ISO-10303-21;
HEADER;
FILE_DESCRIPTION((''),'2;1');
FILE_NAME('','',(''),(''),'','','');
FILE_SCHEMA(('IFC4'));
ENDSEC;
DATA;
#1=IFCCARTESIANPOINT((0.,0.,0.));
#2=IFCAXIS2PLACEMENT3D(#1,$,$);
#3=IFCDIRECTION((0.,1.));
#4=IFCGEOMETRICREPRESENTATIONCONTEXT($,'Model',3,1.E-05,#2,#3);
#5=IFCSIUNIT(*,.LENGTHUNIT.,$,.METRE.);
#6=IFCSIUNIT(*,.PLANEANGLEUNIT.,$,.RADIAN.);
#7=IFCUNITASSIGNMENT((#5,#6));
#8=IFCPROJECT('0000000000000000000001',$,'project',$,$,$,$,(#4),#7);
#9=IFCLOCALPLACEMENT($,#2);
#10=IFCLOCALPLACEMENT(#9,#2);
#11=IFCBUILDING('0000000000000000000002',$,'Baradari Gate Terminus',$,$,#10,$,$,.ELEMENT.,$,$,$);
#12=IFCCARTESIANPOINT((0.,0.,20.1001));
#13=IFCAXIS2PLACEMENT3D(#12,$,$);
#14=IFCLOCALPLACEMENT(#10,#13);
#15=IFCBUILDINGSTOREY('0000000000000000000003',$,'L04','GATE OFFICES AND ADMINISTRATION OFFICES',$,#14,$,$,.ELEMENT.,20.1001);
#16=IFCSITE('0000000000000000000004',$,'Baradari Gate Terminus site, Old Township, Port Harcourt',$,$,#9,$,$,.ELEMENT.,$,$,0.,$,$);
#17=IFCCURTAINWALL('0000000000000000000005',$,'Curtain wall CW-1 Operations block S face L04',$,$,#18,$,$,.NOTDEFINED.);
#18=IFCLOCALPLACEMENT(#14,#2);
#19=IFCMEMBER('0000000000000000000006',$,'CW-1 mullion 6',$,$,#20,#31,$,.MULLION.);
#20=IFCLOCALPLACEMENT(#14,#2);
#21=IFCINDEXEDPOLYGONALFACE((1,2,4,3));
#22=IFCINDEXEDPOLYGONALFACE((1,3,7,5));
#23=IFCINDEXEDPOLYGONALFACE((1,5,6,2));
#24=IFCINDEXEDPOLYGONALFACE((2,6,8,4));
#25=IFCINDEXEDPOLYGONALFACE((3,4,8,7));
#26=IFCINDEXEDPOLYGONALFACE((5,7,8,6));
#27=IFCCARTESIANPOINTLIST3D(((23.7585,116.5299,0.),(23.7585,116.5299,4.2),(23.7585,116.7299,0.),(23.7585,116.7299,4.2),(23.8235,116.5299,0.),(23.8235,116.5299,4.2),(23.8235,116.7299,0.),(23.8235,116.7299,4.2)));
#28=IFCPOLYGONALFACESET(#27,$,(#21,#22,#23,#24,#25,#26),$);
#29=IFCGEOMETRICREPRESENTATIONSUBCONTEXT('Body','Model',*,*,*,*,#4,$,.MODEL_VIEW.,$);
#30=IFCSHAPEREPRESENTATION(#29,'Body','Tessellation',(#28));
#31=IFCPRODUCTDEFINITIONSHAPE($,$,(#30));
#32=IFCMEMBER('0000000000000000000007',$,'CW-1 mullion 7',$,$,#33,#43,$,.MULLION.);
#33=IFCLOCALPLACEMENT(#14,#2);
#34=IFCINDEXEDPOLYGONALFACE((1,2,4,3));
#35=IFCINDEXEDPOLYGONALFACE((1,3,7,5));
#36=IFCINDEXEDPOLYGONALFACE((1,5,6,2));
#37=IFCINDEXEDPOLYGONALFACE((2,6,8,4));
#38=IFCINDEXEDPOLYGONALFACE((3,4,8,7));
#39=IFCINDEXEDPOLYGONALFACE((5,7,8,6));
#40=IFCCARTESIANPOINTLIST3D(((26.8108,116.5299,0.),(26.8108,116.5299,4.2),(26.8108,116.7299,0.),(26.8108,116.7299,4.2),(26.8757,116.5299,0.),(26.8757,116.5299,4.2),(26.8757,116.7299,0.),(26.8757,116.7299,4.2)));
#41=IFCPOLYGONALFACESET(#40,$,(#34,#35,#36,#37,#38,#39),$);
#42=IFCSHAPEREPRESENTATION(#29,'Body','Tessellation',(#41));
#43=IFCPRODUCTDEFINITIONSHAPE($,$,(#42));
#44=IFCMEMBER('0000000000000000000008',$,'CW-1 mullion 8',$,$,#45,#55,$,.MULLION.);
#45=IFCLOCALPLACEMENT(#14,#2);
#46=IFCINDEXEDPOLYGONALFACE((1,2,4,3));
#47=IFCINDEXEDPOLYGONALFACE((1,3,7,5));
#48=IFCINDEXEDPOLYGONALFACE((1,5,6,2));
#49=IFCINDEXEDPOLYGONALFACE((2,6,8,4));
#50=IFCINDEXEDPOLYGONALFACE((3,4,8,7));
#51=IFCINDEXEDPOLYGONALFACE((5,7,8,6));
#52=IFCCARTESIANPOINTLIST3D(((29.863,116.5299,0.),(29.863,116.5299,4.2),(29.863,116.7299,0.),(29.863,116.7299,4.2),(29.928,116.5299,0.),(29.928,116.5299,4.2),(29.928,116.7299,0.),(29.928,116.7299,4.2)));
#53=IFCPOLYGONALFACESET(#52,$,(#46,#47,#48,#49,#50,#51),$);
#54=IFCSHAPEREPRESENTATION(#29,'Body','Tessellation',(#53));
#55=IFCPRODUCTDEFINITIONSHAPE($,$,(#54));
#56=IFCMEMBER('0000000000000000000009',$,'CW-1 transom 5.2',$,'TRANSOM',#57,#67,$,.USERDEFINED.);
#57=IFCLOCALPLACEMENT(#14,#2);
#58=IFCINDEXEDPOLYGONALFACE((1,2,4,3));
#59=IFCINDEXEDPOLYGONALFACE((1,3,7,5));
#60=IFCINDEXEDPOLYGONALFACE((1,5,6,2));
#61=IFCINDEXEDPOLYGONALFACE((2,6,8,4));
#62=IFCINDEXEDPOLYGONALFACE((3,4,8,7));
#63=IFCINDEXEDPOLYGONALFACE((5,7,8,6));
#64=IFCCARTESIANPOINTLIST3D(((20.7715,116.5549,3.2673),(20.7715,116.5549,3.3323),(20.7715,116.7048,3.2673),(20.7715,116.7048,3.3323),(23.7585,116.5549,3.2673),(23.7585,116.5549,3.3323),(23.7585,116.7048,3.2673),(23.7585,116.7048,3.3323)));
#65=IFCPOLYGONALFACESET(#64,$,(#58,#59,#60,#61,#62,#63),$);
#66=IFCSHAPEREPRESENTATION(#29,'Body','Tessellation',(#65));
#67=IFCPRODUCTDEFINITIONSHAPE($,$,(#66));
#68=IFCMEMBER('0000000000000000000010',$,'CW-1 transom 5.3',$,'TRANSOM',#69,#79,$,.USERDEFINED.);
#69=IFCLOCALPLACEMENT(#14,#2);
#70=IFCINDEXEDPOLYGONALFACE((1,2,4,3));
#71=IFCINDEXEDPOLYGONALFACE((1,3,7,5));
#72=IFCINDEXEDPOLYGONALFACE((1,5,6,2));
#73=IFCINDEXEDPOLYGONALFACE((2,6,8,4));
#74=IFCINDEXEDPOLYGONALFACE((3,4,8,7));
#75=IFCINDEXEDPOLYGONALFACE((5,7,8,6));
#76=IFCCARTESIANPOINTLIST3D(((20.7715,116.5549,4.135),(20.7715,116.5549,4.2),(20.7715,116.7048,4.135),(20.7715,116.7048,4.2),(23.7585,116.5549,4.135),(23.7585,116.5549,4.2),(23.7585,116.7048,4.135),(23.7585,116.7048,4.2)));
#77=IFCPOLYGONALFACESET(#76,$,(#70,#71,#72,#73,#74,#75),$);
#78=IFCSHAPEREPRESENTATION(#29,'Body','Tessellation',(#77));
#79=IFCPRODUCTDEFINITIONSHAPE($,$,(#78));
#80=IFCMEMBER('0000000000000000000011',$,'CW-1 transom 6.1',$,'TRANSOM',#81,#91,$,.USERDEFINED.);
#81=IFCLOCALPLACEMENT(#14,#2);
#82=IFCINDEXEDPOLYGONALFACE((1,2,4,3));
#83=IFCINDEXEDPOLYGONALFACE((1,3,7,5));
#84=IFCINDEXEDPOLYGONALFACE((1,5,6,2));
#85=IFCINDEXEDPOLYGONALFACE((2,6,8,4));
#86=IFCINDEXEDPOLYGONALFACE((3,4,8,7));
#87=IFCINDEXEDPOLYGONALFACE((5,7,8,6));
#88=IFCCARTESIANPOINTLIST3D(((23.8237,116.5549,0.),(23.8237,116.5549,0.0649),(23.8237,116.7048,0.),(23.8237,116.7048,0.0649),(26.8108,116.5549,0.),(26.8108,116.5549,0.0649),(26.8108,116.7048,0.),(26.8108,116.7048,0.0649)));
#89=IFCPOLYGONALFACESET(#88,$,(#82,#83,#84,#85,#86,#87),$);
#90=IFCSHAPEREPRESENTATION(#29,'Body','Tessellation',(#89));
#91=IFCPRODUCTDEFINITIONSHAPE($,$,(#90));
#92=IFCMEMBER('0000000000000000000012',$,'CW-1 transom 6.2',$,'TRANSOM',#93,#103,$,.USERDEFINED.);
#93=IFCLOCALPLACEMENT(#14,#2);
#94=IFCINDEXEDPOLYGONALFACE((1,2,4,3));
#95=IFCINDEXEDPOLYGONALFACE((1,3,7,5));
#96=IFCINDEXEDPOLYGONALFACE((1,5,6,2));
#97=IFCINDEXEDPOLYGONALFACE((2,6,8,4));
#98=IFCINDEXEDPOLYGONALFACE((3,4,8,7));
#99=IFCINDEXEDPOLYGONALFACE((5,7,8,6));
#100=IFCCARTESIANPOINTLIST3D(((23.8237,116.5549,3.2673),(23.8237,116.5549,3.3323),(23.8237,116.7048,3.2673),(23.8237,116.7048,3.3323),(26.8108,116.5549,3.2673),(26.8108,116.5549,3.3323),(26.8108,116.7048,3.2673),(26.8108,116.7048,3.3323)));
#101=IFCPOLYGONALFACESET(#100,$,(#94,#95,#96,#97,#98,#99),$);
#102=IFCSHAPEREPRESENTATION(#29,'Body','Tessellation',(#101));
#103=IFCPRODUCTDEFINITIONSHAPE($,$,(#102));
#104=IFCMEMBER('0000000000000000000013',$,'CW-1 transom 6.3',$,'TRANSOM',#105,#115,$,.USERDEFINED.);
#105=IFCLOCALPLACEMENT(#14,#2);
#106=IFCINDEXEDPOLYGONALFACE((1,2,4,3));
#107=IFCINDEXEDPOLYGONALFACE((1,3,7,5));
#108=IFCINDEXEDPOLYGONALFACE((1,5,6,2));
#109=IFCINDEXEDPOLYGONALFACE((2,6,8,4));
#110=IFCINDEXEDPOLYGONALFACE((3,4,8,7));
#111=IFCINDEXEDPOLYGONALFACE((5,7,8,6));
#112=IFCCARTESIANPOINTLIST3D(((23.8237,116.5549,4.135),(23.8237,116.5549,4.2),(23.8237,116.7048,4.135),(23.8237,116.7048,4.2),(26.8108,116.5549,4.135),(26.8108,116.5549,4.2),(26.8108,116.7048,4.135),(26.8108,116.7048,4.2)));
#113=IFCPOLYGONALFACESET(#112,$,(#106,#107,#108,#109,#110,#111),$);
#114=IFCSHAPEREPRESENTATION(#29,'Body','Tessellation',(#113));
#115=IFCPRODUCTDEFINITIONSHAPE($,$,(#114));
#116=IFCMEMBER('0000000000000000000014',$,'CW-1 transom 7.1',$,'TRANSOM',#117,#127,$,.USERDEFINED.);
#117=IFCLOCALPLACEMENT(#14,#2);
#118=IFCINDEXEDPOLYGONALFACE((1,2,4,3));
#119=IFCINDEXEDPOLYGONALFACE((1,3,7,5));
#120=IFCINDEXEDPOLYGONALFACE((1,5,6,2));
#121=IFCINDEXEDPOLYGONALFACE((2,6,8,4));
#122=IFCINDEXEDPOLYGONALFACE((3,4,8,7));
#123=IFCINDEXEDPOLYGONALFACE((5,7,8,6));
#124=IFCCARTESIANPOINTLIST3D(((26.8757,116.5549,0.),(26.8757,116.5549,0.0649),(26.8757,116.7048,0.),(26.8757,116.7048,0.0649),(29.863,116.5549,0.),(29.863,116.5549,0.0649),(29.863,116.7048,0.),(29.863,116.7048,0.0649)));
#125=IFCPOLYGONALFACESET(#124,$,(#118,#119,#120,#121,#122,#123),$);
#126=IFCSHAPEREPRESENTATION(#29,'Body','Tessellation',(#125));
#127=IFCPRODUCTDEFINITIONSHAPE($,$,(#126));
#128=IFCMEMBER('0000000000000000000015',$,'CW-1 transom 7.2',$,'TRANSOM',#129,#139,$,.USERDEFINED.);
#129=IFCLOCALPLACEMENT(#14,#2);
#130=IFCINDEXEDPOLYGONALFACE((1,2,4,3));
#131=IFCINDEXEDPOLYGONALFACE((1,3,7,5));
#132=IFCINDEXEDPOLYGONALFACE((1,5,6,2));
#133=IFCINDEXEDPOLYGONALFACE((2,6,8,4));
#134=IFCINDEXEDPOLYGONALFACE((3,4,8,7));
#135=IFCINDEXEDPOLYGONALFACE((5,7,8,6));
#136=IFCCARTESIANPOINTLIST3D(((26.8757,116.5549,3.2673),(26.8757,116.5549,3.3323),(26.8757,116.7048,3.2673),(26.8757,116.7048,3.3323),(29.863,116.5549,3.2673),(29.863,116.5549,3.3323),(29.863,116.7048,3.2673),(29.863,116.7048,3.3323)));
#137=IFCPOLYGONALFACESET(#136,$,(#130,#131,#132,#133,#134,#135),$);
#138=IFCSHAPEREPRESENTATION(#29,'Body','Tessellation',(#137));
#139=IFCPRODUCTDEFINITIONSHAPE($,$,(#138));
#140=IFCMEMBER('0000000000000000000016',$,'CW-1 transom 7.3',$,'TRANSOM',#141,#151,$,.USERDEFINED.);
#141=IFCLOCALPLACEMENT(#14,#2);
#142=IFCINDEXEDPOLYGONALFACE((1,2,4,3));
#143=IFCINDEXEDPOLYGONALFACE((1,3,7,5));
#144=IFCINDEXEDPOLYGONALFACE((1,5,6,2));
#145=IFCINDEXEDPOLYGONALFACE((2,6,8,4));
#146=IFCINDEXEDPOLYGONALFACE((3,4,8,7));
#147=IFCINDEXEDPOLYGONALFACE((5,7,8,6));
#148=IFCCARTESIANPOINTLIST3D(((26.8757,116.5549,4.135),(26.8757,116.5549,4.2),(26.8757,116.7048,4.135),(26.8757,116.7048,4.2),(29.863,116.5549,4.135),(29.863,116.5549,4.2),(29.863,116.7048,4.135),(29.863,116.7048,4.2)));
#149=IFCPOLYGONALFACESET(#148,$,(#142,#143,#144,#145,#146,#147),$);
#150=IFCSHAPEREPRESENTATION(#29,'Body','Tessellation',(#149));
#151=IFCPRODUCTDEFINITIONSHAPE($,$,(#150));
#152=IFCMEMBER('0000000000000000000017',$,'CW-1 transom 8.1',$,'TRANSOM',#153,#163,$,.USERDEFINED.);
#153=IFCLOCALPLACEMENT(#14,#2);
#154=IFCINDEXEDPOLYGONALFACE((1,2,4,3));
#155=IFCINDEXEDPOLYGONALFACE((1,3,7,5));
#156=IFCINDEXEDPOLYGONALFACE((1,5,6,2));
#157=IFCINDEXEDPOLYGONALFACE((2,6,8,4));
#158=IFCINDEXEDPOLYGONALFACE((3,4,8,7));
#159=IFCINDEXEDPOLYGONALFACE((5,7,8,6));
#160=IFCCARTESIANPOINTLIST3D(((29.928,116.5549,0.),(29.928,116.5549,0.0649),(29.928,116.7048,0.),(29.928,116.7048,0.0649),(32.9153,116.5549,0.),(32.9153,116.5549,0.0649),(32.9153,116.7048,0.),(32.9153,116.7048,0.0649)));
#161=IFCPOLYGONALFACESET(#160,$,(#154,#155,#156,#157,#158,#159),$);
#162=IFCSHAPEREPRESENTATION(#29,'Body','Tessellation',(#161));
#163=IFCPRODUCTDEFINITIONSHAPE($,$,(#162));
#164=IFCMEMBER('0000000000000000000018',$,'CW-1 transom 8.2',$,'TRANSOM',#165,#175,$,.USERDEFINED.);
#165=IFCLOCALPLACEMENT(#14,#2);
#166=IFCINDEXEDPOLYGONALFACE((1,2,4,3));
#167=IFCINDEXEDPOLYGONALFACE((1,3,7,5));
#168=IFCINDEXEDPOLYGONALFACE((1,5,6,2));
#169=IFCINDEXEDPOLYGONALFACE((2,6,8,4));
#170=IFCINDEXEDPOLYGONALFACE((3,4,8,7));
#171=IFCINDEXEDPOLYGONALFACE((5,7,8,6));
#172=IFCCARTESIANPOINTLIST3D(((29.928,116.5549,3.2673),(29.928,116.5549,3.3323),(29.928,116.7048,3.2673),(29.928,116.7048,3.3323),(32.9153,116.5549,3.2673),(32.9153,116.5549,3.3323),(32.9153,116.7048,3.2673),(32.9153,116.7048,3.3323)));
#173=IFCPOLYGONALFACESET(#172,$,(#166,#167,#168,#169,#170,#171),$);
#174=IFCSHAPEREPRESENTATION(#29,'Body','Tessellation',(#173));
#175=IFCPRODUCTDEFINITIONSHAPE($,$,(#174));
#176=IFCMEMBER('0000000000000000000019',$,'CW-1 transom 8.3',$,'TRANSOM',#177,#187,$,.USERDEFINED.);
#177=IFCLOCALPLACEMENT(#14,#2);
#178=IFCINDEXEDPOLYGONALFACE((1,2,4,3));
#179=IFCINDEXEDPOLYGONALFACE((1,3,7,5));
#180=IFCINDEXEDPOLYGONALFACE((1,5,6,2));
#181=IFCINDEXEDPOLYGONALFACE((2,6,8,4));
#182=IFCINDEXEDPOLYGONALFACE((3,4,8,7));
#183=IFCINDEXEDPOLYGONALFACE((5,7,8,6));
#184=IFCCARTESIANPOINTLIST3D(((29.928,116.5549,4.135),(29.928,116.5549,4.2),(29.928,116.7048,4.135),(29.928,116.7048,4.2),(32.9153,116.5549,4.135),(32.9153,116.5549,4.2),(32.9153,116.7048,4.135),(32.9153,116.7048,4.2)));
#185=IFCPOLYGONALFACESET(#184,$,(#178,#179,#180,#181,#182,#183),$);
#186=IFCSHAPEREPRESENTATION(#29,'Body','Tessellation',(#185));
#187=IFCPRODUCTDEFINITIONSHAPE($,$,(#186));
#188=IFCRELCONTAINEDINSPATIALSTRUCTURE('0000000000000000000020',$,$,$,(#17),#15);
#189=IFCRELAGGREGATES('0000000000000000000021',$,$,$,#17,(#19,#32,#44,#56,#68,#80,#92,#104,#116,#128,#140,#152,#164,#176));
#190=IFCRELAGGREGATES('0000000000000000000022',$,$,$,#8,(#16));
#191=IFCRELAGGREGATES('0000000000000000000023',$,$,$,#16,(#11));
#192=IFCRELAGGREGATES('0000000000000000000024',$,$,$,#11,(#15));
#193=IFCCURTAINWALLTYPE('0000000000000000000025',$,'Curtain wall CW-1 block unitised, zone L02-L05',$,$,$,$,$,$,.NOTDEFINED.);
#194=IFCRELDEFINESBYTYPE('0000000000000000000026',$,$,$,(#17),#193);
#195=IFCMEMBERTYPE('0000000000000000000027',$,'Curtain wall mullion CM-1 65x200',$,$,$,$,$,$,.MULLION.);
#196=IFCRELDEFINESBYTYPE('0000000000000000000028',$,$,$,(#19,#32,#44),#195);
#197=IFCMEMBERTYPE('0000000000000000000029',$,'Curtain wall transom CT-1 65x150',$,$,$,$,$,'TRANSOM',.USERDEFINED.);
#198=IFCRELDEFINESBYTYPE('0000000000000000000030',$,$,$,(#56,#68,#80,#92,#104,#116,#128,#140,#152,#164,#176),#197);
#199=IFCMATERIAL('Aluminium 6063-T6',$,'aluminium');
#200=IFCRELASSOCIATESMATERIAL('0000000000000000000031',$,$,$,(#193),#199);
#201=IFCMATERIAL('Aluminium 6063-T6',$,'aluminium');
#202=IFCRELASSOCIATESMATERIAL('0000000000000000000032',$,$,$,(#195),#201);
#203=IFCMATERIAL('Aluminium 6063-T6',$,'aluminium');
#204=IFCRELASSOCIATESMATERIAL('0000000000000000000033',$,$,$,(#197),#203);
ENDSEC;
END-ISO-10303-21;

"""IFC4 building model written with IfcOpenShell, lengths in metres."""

from ifc_helpers import new_model, si_unit, direction, frame, origin, origin_2d, place, context, subcontext, project, spatial, rectangle, extrude, material, material_profile, profile_set, type_object, element, aggregate, save


model = new_model("IFC4")

# Units and contexts
model_context = context("Model", 3, precision=1e-05, world=origin(), true_north=direction((0.0, 1.0)))
body_context = subcontext(model_context, "Body", "Model", "MODEL_VIEW")
ifc_project = project(units=[si_unit("LENGTHUNIT", "METRE"), si_unit("PLANEANGLEUNIT", "RADIAN")], contexts=[model_context])

# Site, building, storey
site_placement = place(None, origin())
site = spatial("IfcSite", under=ifc_project, at=site_placement, Name="Baradari Gate Terminus site, Old Township, Port Harcourt", CompositionType="ELEMENT", RefElevation=0.0)
building_placement = place(site_placement, origin())
building = spatial("IfcBuilding", under=site, at=building_placement, Name="Baradari Gate Terminus", CompositionType="ELEMENT")
storey_placement = place(building_placement, frame((0.0, 0.0, 20.1001)))
storey = spatial("IfcBuildingStorey", under=building, at=storey_placement, Name="L04", Description="GATE OFFICES AND ADMINISTRATION OFFICES", CompositionType="ELEMENT", Elevation=20.1001)

# Curtain wall, members
ifc_material_1 = material(Name="Aluminium 6063-T6", Category="aluminium")
curtain_wall_type = type_object("IfcCurtainWallType", Name="Curtain wall CW-1 block unitised, zone L02-L05", PredefinedType="NOTDEFINED", material=ifc_material_1)
curtain_wall_placement = place(storey_placement, origin())
curtain_wall = element("IfcCurtainWall", 1, at=curtain_wall_placement, inside=storey, type_object=curtain_wall_type, Name="Curtain wall CW-1 Operations block S face L04", PredefinedType="NOTDEFINED")
ifc_material_2 = material(Name="Aluminium 6063-T6", Category="aluminium")
ifc_material_profile_1 = material_profile(ifc_material_2, rectangle(XDim=0.2, YDim=0.0649, at=origin_2d()), Name="CM-1 65X200")
ifc_profile_set_1 = profile_set([ifc_material_profile_1], Name="Aluminium 6063-T6")
member_type_1 = type_object("IfcMemberType", Name="Curtain wall mullion CM-1 65x200", PredefinedType="MULLION", material=ifc_profile_set_1)
member_1_placement = place(storey_placement, frame((23.791, 116.6299, 0.0), z_axis=(0.0, 0.0, 1.0), x_axis=(0.0, 1.0, 0.0)))
member_1 = element("IfcMember", 2, at=member_1_placement, type_object=member_type_1, Name="CW-1 mullion 6", PredefinedType="MULLION", context=body_context, shape_type="SweptSolid", body=[
    extrude(rectangle(XDim=0.2, YDim=0.0649, at=origin_2d()), origin(), (0.0, 0.0, 1.0), 4.2),
])
member_2_placement = place(storey_placement, frame((26.8433, 116.6299, 0.0), z_axis=(0.0, 0.0, 1.0), x_axis=(0.0, 1.0, 0.0)))
member_2 = element("IfcMember", 3, at=member_2_placement, type_object=member_type_1, Name="CW-1 mullion 7", PredefinedType="MULLION", context=body_context, shape_type="SweptSolid", body=[
    extrude(rectangle(XDim=0.2, YDim=0.0649, at=origin_2d()), origin(), (0.0, 0.0, 1.0), 4.2),
])
member_3_placement = place(storey_placement, frame((29.8955, 116.6299, 0.0), z_axis=(0.0, 0.0, 1.0), x_axis=(0.0, 1.0, 0.0)))
member_3 = element("IfcMember", 4, at=member_3_placement, type_object=member_type_1, Name="CW-1 mullion 8", PredefinedType="MULLION", context=body_context, shape_type="SweptSolid", body=[
    extrude(rectangle(XDim=0.2, YDim=0.0649, at=origin_2d()), origin(), (0.0, 0.0, 1.0), 4.2),
])
ifc_material_3 = material(Name="Aluminium 6063-T6", Category="aluminium")
ifc_material_profile_2 = material_profile(ifc_material_3, rectangle(XDim=0.1499, YDim=0.0649, at=origin_2d()), Name="CT-1 65X150")
ifc_profile_set_2 = profile_set([ifc_material_profile_2], Name="Aluminium 6063-T6")
member_type_2 = type_object("IfcMemberType", Name="Curtain wall transom CT-1 65x150", ElementType="TRANSOM", PredefinedType="USERDEFINED", material=ifc_profile_set_2)
member_4_placement = place(storey_placement, frame((20.7715, 116.6299, 3.2998), z_axis=(1.0, 0.0, 0.0), x_axis=(0.0, 1.0, 0.0)))
member_4 = element("IfcMember", 5, at=member_4_placement, type_object=member_type_2, Name="CW-1 transom 5.2", ObjectType="TRANSOM", PredefinedType="USERDEFINED", context=body_context, shape_type="SweptSolid", body=[
    extrude(rectangle(XDim=0.1499, YDim=0.0649, at=origin_2d()), origin(), (0.0, 0.0, 1.0), 2.9871),
])
member_5_placement = place(storey_placement, frame((20.7715, 116.6299, 4.1675), z_axis=(1.0, 0.0, 0.0), x_axis=(0.0, 1.0, 0.0)))
member_5 = element("IfcMember", 6, at=member_5_placement, type_object=member_type_2, Name="CW-1 transom 5.3", ObjectType="TRANSOM", PredefinedType="USERDEFINED", context=body_context, shape_type="SweptSolid", body=[
    extrude(rectangle(XDim=0.1499, YDim=0.0649, at=origin_2d()), origin(), (0.0, 0.0, 1.0), 2.9871),
])
member_6_placement = place(storey_placement, frame((23.8237, 116.6299, 0.0325), z_axis=(1.0, 0.0, 0.0), x_axis=(0.0, 1.0, 0.0)))
member_6 = element("IfcMember", 7, at=member_6_placement, type_object=member_type_2, Name="CW-1 transom 6.1", ObjectType="TRANSOM", PredefinedType="USERDEFINED", context=body_context, shape_type="SweptSolid", body=[
    extrude(rectangle(XDim=0.1499, YDim=0.0649, at=origin_2d()), origin(), (0.0, 0.0, 1.0), 2.9871),
])
member_7_placement = place(storey_placement, frame((23.8237, 116.6299, 3.2998), z_axis=(1.0, 0.0, 0.0), x_axis=(0.0, 1.0, 0.0)))
member_7 = element("IfcMember", 8, at=member_7_placement, type_object=member_type_2, Name="CW-1 transom 6.2", ObjectType="TRANSOM", PredefinedType="USERDEFINED", context=body_context, shape_type="SweptSolid", body=[
    extrude(rectangle(XDim=0.1499, YDim=0.0649, at=origin_2d()), origin(), (0.0, 0.0, 1.0), 2.9871),
])
member_8_placement = place(storey_placement, frame((23.8237, 116.6299, 4.1675), z_axis=(1.0, 0.0, 0.0), x_axis=(0.0, 1.0, 0.0)))
member_8 = element("IfcMember", 9, at=member_8_placement, type_object=member_type_2, Name="CW-1 transom 6.3", ObjectType="TRANSOM", PredefinedType="USERDEFINED", context=body_context, shape_type="SweptSolid", body=[
    extrude(rectangle(XDim=0.1499, YDim=0.0649, at=origin_2d()), origin(), (0.0, 0.0, 1.0), 2.9871),
])
member_9_placement = place(storey_placement, frame((26.8757, 116.6299, 0.0325), z_axis=(1.0, 0.0, 0.0), x_axis=(0.0, 1.0, 0.0)))
member_9 = element("IfcMember", 10, at=member_9_placement, type_object=member_type_2, Name="CW-1 transom 7.1", ObjectType="TRANSOM", PredefinedType="USERDEFINED", context=body_context, shape_type="SweptSolid", body=[
    extrude(rectangle(XDim=0.1499, YDim=0.0649, at=origin_2d()), origin(), (0.0, 0.0, 1.0), 2.9873),
])
member_10_placement = place(storey_placement, frame((26.8757, 116.6299, 3.2998), z_axis=(1.0, 0.0, 0.0), x_axis=(0.0, 1.0, 0.0)))
member_10 = element("IfcMember", 11, at=member_10_placement, type_object=member_type_2, Name="CW-1 transom 7.2", ObjectType="TRANSOM", PredefinedType="USERDEFINED", context=body_context, shape_type="SweptSolid", body=[
    extrude(rectangle(XDim=0.1499, YDim=0.0649, at=origin_2d()), origin(), (0.0, 0.0, 1.0), 2.9873),
])
member_11_placement = place(storey_placement, frame((26.8757, 116.6299, 4.1675), z_axis=(1.0, 0.0, 0.0), x_axis=(0.0, 1.0, 0.0)))
member_11 = element("IfcMember", 12, at=member_11_placement, type_object=member_type_2, Name="CW-1 transom 7.3", ObjectType="TRANSOM", PredefinedType="USERDEFINED", context=body_context, shape_type="SweptSolid", body=[
    extrude(rectangle(XDim=0.1499, YDim=0.0649, at=origin_2d()), origin(), (0.0, 0.0, 1.0), 2.9873),
])
member_12_placement = place(storey_placement, frame((29.928, 116.6299, 0.0325), z_axis=(1.0, 0.0, 0.0), x_axis=(0.0, 1.0, 0.0)))
member_12 = element("IfcMember", 13, at=member_12_placement, type_object=member_type_2, Name="CW-1 transom 8.1", ObjectType="TRANSOM", PredefinedType="USERDEFINED", context=body_context, shape_type="SweptSolid", body=[
    extrude(rectangle(XDim=0.1499, YDim=0.0649, at=origin_2d()), origin(), (0.0, 0.0, 1.0), 2.9873),
])
member_13_placement = place(storey_placement, frame((29.928, 116.6299, 3.2998), z_axis=(1.0, 0.0, 0.0), x_axis=(0.0, 1.0, 0.0)))
member_13 = element("IfcMember", 14, at=member_13_placement, type_object=member_type_2, Name="CW-1 transom 8.2", ObjectType="TRANSOM", PredefinedType="USERDEFINED", context=body_context, shape_type="SweptSolid", body=[
    extrude(rectangle(XDim=0.1499, YDim=0.0649, at=origin_2d()), origin(), (0.0, 0.0, 1.0), 2.9873),
])
member_14_placement = place(storey_placement, frame((29.928, 116.6299, 4.1675), z_axis=(1.0, 0.0, 0.0), x_axis=(0.0, 1.0, 0.0)))
member_14 = element("IfcMember", 15, at=member_14_placement, type_object=member_type_2, Name="CW-1 transom 8.3", ObjectType="TRANSOM", PredefinedType="USERDEFINED", context=body_context, shape_type="SweptSolid", body=[
    extrude(rectangle(XDim=0.1499, YDim=0.0649, at=origin_2d()), origin(), (0.0, 0.0, 1.0), 2.9873),
])
aggregate(curtain_wall, [member_1, member_2, member_3, member_4, member_5, member_6, member_7, member_8, member_9, member_10, member_11, member_12, member_13, member_14])

save(model, "model.ifc")
